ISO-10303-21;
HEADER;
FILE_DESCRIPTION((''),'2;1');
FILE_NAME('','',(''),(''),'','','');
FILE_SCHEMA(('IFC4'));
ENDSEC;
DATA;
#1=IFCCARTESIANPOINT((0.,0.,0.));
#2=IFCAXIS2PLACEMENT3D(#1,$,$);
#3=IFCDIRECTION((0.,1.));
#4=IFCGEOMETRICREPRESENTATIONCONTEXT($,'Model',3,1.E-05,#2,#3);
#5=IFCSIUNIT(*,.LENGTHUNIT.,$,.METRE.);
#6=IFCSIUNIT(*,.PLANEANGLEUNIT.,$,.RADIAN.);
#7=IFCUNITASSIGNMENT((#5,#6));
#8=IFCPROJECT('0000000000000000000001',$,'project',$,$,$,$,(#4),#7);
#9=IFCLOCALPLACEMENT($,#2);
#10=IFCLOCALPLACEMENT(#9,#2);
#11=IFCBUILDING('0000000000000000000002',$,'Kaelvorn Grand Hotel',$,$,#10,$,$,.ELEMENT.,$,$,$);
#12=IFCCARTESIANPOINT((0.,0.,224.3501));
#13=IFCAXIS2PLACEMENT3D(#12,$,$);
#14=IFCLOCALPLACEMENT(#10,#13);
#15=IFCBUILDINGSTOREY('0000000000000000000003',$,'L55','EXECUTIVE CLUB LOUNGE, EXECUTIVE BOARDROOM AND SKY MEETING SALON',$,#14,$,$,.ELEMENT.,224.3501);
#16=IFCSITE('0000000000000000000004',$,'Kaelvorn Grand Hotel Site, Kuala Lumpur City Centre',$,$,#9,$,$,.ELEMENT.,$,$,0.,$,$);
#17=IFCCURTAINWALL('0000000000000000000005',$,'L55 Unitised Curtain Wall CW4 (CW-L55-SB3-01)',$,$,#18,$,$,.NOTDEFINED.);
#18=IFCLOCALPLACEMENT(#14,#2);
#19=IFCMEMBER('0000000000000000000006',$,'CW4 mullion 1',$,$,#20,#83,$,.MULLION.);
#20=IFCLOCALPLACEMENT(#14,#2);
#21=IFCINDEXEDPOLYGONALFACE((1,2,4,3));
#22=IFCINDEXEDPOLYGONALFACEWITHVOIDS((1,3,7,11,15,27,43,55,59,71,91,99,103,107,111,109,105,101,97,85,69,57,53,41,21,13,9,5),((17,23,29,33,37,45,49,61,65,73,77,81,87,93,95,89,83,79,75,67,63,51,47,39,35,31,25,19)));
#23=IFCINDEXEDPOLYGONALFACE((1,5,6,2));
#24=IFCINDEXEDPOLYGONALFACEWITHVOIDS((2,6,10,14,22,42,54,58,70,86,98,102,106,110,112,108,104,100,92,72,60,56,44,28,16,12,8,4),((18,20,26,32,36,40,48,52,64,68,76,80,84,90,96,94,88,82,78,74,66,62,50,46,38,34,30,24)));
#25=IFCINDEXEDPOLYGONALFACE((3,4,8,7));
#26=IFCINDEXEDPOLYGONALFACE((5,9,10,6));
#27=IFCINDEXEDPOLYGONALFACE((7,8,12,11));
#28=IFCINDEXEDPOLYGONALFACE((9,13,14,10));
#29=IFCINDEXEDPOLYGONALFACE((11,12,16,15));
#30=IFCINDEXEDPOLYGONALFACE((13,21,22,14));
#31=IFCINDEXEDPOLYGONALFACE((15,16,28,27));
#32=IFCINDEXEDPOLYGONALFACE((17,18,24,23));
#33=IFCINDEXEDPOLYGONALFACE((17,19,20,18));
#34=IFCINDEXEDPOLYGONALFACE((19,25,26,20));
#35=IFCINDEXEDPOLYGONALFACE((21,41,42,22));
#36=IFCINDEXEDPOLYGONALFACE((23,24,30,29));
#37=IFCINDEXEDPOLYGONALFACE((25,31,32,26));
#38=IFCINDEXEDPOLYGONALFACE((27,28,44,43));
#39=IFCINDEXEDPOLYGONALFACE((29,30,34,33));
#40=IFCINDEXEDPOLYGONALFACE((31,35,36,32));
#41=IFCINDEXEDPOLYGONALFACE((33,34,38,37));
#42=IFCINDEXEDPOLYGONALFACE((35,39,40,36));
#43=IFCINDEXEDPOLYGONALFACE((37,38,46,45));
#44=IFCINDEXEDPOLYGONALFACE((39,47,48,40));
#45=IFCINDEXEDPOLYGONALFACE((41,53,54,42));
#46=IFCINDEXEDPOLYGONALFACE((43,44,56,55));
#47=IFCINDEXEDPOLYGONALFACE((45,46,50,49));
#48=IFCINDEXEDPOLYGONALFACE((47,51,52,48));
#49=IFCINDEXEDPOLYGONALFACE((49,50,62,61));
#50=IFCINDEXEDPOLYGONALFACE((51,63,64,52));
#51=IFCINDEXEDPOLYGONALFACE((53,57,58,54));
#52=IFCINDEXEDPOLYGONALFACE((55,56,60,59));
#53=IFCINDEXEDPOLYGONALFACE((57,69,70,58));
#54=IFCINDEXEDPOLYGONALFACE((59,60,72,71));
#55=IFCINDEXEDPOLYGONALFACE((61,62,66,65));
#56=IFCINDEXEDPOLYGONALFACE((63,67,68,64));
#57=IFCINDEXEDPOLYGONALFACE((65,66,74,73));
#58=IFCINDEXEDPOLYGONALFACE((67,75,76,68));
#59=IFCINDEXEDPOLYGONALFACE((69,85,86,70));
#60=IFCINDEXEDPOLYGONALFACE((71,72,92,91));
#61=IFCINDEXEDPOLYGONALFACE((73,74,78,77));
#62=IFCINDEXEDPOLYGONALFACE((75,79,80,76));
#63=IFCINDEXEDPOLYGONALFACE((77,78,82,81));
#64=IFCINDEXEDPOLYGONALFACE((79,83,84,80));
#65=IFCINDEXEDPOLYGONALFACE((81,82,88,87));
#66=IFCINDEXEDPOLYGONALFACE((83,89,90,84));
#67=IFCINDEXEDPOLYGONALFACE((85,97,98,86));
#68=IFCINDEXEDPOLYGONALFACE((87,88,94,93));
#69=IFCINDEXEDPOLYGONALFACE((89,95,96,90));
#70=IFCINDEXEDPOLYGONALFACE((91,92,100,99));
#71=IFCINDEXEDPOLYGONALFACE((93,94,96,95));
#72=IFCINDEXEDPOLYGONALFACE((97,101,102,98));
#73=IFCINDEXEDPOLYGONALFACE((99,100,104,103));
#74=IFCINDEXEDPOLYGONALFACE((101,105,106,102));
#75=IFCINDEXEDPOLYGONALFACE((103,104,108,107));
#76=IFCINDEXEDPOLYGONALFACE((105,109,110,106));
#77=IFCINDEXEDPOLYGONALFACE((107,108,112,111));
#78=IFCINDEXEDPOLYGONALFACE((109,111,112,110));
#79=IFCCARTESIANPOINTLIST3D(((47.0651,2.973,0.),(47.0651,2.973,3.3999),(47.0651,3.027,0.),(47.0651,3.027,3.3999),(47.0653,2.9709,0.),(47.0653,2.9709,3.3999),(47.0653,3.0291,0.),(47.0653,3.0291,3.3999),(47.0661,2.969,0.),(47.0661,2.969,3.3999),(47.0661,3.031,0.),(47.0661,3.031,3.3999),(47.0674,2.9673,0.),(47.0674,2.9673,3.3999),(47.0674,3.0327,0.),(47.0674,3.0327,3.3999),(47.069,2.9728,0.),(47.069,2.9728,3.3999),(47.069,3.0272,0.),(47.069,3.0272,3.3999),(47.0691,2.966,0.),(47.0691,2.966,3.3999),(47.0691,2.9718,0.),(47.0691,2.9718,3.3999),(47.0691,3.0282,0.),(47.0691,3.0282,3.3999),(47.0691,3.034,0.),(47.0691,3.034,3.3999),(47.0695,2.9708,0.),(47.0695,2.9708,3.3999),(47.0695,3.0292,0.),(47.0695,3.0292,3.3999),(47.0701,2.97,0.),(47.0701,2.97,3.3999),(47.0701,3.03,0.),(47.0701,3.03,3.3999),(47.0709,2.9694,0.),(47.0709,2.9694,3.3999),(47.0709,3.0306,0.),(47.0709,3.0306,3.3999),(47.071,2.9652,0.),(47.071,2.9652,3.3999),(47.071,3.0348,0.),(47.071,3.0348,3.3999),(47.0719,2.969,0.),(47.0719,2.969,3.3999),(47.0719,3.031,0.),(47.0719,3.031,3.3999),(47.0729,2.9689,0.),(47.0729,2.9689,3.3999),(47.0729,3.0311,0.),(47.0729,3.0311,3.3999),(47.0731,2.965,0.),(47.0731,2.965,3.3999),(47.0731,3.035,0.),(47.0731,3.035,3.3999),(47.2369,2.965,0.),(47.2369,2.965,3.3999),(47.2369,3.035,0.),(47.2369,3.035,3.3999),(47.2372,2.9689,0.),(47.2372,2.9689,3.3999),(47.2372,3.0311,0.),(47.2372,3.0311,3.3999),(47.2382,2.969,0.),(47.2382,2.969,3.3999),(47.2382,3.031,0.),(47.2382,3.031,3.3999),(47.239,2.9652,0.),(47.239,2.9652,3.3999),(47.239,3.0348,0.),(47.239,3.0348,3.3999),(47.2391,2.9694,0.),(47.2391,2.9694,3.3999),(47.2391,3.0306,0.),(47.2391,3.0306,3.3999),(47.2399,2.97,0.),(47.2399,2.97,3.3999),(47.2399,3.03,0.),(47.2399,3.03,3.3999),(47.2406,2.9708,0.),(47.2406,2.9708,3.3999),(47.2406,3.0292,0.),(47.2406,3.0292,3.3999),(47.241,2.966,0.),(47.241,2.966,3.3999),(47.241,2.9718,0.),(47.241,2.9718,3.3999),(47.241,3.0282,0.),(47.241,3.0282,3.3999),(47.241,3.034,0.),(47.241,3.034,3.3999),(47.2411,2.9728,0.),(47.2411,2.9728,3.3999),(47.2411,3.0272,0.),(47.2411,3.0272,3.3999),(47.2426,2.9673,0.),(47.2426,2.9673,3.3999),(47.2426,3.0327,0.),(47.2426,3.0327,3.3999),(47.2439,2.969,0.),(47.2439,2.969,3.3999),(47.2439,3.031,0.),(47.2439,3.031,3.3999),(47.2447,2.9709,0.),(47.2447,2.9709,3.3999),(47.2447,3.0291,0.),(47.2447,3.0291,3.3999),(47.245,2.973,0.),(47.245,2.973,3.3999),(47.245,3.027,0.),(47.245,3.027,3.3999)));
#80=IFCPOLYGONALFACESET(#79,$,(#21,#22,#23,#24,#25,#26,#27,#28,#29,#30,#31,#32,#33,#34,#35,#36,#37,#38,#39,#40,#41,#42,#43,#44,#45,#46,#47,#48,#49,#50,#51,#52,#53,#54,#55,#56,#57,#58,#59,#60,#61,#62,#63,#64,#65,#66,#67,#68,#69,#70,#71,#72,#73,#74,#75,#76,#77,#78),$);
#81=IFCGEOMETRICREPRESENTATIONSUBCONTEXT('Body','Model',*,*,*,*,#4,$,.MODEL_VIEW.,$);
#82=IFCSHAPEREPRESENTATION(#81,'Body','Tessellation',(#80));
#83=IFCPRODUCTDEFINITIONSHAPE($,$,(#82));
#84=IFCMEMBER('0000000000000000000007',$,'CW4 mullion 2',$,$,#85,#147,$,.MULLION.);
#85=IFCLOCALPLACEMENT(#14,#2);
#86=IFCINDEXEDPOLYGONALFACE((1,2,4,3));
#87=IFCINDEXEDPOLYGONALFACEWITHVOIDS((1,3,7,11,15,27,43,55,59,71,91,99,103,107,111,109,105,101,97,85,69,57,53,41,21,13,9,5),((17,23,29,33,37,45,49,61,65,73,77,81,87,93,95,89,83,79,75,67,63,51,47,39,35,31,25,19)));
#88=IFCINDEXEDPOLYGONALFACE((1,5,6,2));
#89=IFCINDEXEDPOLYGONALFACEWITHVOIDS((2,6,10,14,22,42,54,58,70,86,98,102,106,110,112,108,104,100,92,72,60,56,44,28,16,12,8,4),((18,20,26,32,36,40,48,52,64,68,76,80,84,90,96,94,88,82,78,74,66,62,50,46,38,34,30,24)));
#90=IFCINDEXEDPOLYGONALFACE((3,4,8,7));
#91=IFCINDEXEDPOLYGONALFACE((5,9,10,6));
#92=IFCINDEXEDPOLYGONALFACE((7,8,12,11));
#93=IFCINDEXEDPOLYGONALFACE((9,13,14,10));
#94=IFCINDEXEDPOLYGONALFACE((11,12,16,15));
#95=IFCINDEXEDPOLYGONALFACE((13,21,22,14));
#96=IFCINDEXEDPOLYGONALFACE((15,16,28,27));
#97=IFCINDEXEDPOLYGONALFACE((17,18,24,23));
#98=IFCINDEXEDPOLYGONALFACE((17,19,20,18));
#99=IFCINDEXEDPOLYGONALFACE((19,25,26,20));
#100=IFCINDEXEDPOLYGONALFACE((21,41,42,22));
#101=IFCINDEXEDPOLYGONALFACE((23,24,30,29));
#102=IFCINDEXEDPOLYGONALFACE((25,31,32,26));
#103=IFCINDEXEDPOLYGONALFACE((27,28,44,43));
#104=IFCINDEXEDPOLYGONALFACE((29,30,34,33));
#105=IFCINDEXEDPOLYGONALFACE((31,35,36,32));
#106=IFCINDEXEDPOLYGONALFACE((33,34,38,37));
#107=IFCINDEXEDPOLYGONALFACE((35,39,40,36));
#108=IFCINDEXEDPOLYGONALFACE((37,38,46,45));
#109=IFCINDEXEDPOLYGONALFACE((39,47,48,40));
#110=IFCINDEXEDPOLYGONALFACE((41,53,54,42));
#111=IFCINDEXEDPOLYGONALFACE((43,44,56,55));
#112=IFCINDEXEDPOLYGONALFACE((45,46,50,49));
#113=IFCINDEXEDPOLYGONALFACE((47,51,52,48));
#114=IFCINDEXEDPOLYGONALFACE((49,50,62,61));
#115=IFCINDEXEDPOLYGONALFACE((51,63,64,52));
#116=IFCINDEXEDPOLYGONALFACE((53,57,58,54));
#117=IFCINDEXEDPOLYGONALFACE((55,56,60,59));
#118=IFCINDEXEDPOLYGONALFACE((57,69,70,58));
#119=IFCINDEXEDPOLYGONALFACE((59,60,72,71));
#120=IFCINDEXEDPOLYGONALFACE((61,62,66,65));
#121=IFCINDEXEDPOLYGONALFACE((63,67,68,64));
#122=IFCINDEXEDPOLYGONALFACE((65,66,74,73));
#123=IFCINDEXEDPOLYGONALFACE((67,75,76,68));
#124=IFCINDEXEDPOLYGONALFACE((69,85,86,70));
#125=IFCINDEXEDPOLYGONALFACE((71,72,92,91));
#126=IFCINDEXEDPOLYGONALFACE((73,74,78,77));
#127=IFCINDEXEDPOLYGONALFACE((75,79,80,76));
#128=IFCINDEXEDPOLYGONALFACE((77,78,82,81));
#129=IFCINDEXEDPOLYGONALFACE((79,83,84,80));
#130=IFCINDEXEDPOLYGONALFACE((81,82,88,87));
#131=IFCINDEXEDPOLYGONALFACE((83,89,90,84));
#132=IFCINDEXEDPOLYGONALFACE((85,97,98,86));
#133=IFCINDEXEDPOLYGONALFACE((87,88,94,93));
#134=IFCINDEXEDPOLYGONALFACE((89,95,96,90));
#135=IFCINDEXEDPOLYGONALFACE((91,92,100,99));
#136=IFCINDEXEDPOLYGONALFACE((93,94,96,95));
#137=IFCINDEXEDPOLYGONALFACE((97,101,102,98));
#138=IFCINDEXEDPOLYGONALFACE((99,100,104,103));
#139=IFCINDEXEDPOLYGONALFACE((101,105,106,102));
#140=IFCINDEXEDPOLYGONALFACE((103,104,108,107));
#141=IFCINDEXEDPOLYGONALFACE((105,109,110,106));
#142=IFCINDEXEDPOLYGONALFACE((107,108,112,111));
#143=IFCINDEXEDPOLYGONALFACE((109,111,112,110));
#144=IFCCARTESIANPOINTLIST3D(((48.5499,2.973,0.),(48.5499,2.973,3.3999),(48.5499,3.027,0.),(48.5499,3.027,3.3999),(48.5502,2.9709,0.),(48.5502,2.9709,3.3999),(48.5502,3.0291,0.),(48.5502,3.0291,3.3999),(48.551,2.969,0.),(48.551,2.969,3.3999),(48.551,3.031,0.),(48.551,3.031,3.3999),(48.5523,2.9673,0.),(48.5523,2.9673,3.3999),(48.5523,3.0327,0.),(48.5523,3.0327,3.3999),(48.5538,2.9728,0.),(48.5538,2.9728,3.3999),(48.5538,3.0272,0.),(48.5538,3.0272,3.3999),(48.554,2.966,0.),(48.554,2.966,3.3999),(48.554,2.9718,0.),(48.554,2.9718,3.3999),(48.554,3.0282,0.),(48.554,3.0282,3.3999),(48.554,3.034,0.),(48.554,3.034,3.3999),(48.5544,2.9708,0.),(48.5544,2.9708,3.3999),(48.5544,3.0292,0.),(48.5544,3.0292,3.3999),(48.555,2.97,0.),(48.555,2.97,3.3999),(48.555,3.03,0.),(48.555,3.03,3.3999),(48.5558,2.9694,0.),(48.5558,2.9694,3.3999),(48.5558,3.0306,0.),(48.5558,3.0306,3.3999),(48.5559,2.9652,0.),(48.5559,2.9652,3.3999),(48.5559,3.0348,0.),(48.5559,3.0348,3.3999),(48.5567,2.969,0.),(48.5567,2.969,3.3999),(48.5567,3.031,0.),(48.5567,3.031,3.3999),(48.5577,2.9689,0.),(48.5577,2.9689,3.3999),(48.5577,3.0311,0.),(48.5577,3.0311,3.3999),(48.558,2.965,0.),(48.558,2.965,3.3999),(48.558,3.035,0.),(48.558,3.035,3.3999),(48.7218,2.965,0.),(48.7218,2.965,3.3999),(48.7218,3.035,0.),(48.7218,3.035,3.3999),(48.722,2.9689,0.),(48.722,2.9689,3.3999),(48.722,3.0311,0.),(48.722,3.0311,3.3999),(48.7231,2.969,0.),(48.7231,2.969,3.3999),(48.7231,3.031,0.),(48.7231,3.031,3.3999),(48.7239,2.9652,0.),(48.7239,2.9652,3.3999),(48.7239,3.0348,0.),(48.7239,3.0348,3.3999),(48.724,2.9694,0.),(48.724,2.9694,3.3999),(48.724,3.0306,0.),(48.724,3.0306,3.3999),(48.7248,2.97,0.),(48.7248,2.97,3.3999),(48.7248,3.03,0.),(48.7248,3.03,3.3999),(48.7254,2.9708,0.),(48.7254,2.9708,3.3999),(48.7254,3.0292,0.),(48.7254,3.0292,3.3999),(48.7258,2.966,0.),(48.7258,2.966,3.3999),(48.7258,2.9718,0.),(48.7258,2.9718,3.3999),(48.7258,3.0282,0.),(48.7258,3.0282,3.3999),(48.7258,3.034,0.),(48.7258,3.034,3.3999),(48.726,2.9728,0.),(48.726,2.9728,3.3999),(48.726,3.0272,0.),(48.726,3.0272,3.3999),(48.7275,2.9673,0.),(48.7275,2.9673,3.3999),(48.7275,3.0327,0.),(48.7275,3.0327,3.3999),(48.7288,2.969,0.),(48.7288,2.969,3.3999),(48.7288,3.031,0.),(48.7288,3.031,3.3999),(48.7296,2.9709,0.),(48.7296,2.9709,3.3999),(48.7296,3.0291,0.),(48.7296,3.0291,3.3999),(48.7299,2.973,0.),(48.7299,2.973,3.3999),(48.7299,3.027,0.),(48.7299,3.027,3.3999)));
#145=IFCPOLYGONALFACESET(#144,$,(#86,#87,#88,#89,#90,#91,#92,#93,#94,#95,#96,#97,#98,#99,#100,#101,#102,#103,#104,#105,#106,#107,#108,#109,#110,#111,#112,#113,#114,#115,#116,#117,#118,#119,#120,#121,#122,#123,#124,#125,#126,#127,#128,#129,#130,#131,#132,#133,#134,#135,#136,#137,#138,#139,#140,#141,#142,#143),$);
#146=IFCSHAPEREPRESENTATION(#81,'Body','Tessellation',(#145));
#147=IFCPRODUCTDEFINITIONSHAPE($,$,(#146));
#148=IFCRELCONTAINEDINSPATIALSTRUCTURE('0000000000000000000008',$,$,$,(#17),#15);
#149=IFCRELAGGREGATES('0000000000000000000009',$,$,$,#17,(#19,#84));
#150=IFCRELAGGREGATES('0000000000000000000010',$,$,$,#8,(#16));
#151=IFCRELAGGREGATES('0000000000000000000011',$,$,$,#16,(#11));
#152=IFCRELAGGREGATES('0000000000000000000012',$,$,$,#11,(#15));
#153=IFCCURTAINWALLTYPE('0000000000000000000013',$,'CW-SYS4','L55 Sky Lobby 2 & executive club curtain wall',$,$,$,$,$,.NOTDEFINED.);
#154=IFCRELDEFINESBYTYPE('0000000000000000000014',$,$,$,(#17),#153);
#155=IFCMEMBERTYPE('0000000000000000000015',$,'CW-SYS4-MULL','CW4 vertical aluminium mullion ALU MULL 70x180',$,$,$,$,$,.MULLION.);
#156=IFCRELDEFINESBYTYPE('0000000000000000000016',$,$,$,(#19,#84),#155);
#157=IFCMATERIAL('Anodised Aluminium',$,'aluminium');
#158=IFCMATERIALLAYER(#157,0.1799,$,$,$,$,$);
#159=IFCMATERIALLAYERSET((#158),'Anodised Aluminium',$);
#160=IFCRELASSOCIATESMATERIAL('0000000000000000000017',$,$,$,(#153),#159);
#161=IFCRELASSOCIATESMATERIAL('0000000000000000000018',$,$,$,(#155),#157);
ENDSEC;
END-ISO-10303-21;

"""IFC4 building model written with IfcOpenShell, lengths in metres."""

from ifc_helpers import new_model, si_unit, direction, frame, origin, origin_2d, place, context, subcontext, project, spatial, hollow_rectangle, extrude, material, layer, layer_set, material_profile, profile_set, type_object, element, aggregate, save


model = new_model("IFC4")

# Units and contexts
model_context = context("Model", 3, precision=1e-05, world=origin(), true_north=direction((0.0, 1.0)))
body_context = subcontext(model_context, "Body", "Model", "MODEL_VIEW")
ifc_project = project(units=[si_unit("LENGTHUNIT", "METRE"), si_unit("PLANEANGLEUNIT", "RADIAN")], contexts=[model_context])

# Site, building, storey
site_placement = place(None, origin())
site = spatial("IfcSite", under=ifc_project, at=site_placement, Name="Kaelvorn Grand Hotel Site, Kuala Lumpur City Centre", CompositionType="ELEMENT", RefElevation=0.0)
building_placement = place(site_placement, origin())
building = spatial("IfcBuilding", under=site, at=building_placement, Name="Kaelvorn Grand Hotel", CompositionType="ELEMENT")
storey_placement = place(building_placement, frame((0.0, 0.0, 224.3501)))
storey = spatial("IfcBuildingStorey", under=building, at=storey_placement, Name="L55", Description="EXECUTIVE CLUB LOUNGE, EXECUTIVE BOARDROOM AND SKY MEETING SALON", CompositionType="ELEMENT", Elevation=224.3501)

# Curtain wall, members
ifc_material_1 = material(Name="Anodised Aluminium", Category="aluminium")
ifc_layer_1 = layer(ifc_material_1, 0.1799)
ifc_layer_set_1 = layer_set([ifc_layer_1], Name="Anodised Aluminium")
curtain_wall_type = type_object("IfcCurtainWallType", Name="CW-SYS4", Description="L55 Sky Lobby 2 & executive club curtain wall", PredefinedType="NOTDEFINED", material=ifc_layer_set_1)
ifc_material_profile_1 = material_profile(ifc_material_1, hollow_rectangle(XDim=0.0701, YDim=0.1799, WallThickness=0.0039, InnerFilletRadius=0.0039, OuterFilletRadius=0.0081, at=origin_2d()), Name="ALU MULL 70x180")
ifc_profile_set_1 = profile_set([ifc_material_profile_1], Name="Anodised Aluminium")
member_type_1 = type_object("IfcMemberType", Name="CW-SYS4-MULL", Description="CW4 vertical aluminium mullion ALU MULL 70x180", PredefinedType="MULLION", material=ifc_profile_set_1)
curtain_wall_1_placement = place(storey_placement, origin())
curtain_wall_1 = element("IfcCurtainWall", 1, at=curtain_wall_1_placement, inside=storey, type_object=curtain_wall_type, Name="L55 Unitised Curtain Wall CW4 (CW-L55-SB3-01)", PredefinedType="NOTDEFINED")
member_1_placement = place(storey_placement, frame((47.155, 3.0, 0.0), z_axis=(0.0, 0.0, 1.0), x_axis=(0.0, 1.0, 0.0)))
member_1 = element("IfcMember", 2, at=member_1_placement, type_object=member_type_1, Name="CW4 mullion 1", PredefinedType="MULLION", context=body_context, shape_type="SweptSolid", body=[
    extrude(hollow_rectangle(XDim=0.0701, YDim=0.1799, WallThickness=0.0039, InnerFilletRadius=0.0039, OuterFilletRadius=0.0081, at=origin_2d()), origin(), (0.0, 0.0, 1.0), 3.3999),
])
member_2_placement = place(storey_placement, frame((48.6399, 3.0, 0.0), z_axis=(0.0, 0.0, 1.0), x_axis=(0.0, 1.0, 0.0)))
member_2 = element("IfcMember", 3, at=member_2_placement, type_object=member_type_1, Name="CW4 mullion 2", PredefinedType="MULLION", context=body_context, shape_type="SweptSolid", body=[
    extrude(hollow_rectangle(XDim=0.0701, YDim=0.1799, WallThickness=0.0039, InnerFilletRadius=0.0039, OuterFilletRadius=0.0081, at=origin_2d()), origin(), (0.0, 0.0, 1.0), 3.3999),
])

aggregate(curtain_wall_1, [member_1, member_2])

save(model, "model.ifc")
